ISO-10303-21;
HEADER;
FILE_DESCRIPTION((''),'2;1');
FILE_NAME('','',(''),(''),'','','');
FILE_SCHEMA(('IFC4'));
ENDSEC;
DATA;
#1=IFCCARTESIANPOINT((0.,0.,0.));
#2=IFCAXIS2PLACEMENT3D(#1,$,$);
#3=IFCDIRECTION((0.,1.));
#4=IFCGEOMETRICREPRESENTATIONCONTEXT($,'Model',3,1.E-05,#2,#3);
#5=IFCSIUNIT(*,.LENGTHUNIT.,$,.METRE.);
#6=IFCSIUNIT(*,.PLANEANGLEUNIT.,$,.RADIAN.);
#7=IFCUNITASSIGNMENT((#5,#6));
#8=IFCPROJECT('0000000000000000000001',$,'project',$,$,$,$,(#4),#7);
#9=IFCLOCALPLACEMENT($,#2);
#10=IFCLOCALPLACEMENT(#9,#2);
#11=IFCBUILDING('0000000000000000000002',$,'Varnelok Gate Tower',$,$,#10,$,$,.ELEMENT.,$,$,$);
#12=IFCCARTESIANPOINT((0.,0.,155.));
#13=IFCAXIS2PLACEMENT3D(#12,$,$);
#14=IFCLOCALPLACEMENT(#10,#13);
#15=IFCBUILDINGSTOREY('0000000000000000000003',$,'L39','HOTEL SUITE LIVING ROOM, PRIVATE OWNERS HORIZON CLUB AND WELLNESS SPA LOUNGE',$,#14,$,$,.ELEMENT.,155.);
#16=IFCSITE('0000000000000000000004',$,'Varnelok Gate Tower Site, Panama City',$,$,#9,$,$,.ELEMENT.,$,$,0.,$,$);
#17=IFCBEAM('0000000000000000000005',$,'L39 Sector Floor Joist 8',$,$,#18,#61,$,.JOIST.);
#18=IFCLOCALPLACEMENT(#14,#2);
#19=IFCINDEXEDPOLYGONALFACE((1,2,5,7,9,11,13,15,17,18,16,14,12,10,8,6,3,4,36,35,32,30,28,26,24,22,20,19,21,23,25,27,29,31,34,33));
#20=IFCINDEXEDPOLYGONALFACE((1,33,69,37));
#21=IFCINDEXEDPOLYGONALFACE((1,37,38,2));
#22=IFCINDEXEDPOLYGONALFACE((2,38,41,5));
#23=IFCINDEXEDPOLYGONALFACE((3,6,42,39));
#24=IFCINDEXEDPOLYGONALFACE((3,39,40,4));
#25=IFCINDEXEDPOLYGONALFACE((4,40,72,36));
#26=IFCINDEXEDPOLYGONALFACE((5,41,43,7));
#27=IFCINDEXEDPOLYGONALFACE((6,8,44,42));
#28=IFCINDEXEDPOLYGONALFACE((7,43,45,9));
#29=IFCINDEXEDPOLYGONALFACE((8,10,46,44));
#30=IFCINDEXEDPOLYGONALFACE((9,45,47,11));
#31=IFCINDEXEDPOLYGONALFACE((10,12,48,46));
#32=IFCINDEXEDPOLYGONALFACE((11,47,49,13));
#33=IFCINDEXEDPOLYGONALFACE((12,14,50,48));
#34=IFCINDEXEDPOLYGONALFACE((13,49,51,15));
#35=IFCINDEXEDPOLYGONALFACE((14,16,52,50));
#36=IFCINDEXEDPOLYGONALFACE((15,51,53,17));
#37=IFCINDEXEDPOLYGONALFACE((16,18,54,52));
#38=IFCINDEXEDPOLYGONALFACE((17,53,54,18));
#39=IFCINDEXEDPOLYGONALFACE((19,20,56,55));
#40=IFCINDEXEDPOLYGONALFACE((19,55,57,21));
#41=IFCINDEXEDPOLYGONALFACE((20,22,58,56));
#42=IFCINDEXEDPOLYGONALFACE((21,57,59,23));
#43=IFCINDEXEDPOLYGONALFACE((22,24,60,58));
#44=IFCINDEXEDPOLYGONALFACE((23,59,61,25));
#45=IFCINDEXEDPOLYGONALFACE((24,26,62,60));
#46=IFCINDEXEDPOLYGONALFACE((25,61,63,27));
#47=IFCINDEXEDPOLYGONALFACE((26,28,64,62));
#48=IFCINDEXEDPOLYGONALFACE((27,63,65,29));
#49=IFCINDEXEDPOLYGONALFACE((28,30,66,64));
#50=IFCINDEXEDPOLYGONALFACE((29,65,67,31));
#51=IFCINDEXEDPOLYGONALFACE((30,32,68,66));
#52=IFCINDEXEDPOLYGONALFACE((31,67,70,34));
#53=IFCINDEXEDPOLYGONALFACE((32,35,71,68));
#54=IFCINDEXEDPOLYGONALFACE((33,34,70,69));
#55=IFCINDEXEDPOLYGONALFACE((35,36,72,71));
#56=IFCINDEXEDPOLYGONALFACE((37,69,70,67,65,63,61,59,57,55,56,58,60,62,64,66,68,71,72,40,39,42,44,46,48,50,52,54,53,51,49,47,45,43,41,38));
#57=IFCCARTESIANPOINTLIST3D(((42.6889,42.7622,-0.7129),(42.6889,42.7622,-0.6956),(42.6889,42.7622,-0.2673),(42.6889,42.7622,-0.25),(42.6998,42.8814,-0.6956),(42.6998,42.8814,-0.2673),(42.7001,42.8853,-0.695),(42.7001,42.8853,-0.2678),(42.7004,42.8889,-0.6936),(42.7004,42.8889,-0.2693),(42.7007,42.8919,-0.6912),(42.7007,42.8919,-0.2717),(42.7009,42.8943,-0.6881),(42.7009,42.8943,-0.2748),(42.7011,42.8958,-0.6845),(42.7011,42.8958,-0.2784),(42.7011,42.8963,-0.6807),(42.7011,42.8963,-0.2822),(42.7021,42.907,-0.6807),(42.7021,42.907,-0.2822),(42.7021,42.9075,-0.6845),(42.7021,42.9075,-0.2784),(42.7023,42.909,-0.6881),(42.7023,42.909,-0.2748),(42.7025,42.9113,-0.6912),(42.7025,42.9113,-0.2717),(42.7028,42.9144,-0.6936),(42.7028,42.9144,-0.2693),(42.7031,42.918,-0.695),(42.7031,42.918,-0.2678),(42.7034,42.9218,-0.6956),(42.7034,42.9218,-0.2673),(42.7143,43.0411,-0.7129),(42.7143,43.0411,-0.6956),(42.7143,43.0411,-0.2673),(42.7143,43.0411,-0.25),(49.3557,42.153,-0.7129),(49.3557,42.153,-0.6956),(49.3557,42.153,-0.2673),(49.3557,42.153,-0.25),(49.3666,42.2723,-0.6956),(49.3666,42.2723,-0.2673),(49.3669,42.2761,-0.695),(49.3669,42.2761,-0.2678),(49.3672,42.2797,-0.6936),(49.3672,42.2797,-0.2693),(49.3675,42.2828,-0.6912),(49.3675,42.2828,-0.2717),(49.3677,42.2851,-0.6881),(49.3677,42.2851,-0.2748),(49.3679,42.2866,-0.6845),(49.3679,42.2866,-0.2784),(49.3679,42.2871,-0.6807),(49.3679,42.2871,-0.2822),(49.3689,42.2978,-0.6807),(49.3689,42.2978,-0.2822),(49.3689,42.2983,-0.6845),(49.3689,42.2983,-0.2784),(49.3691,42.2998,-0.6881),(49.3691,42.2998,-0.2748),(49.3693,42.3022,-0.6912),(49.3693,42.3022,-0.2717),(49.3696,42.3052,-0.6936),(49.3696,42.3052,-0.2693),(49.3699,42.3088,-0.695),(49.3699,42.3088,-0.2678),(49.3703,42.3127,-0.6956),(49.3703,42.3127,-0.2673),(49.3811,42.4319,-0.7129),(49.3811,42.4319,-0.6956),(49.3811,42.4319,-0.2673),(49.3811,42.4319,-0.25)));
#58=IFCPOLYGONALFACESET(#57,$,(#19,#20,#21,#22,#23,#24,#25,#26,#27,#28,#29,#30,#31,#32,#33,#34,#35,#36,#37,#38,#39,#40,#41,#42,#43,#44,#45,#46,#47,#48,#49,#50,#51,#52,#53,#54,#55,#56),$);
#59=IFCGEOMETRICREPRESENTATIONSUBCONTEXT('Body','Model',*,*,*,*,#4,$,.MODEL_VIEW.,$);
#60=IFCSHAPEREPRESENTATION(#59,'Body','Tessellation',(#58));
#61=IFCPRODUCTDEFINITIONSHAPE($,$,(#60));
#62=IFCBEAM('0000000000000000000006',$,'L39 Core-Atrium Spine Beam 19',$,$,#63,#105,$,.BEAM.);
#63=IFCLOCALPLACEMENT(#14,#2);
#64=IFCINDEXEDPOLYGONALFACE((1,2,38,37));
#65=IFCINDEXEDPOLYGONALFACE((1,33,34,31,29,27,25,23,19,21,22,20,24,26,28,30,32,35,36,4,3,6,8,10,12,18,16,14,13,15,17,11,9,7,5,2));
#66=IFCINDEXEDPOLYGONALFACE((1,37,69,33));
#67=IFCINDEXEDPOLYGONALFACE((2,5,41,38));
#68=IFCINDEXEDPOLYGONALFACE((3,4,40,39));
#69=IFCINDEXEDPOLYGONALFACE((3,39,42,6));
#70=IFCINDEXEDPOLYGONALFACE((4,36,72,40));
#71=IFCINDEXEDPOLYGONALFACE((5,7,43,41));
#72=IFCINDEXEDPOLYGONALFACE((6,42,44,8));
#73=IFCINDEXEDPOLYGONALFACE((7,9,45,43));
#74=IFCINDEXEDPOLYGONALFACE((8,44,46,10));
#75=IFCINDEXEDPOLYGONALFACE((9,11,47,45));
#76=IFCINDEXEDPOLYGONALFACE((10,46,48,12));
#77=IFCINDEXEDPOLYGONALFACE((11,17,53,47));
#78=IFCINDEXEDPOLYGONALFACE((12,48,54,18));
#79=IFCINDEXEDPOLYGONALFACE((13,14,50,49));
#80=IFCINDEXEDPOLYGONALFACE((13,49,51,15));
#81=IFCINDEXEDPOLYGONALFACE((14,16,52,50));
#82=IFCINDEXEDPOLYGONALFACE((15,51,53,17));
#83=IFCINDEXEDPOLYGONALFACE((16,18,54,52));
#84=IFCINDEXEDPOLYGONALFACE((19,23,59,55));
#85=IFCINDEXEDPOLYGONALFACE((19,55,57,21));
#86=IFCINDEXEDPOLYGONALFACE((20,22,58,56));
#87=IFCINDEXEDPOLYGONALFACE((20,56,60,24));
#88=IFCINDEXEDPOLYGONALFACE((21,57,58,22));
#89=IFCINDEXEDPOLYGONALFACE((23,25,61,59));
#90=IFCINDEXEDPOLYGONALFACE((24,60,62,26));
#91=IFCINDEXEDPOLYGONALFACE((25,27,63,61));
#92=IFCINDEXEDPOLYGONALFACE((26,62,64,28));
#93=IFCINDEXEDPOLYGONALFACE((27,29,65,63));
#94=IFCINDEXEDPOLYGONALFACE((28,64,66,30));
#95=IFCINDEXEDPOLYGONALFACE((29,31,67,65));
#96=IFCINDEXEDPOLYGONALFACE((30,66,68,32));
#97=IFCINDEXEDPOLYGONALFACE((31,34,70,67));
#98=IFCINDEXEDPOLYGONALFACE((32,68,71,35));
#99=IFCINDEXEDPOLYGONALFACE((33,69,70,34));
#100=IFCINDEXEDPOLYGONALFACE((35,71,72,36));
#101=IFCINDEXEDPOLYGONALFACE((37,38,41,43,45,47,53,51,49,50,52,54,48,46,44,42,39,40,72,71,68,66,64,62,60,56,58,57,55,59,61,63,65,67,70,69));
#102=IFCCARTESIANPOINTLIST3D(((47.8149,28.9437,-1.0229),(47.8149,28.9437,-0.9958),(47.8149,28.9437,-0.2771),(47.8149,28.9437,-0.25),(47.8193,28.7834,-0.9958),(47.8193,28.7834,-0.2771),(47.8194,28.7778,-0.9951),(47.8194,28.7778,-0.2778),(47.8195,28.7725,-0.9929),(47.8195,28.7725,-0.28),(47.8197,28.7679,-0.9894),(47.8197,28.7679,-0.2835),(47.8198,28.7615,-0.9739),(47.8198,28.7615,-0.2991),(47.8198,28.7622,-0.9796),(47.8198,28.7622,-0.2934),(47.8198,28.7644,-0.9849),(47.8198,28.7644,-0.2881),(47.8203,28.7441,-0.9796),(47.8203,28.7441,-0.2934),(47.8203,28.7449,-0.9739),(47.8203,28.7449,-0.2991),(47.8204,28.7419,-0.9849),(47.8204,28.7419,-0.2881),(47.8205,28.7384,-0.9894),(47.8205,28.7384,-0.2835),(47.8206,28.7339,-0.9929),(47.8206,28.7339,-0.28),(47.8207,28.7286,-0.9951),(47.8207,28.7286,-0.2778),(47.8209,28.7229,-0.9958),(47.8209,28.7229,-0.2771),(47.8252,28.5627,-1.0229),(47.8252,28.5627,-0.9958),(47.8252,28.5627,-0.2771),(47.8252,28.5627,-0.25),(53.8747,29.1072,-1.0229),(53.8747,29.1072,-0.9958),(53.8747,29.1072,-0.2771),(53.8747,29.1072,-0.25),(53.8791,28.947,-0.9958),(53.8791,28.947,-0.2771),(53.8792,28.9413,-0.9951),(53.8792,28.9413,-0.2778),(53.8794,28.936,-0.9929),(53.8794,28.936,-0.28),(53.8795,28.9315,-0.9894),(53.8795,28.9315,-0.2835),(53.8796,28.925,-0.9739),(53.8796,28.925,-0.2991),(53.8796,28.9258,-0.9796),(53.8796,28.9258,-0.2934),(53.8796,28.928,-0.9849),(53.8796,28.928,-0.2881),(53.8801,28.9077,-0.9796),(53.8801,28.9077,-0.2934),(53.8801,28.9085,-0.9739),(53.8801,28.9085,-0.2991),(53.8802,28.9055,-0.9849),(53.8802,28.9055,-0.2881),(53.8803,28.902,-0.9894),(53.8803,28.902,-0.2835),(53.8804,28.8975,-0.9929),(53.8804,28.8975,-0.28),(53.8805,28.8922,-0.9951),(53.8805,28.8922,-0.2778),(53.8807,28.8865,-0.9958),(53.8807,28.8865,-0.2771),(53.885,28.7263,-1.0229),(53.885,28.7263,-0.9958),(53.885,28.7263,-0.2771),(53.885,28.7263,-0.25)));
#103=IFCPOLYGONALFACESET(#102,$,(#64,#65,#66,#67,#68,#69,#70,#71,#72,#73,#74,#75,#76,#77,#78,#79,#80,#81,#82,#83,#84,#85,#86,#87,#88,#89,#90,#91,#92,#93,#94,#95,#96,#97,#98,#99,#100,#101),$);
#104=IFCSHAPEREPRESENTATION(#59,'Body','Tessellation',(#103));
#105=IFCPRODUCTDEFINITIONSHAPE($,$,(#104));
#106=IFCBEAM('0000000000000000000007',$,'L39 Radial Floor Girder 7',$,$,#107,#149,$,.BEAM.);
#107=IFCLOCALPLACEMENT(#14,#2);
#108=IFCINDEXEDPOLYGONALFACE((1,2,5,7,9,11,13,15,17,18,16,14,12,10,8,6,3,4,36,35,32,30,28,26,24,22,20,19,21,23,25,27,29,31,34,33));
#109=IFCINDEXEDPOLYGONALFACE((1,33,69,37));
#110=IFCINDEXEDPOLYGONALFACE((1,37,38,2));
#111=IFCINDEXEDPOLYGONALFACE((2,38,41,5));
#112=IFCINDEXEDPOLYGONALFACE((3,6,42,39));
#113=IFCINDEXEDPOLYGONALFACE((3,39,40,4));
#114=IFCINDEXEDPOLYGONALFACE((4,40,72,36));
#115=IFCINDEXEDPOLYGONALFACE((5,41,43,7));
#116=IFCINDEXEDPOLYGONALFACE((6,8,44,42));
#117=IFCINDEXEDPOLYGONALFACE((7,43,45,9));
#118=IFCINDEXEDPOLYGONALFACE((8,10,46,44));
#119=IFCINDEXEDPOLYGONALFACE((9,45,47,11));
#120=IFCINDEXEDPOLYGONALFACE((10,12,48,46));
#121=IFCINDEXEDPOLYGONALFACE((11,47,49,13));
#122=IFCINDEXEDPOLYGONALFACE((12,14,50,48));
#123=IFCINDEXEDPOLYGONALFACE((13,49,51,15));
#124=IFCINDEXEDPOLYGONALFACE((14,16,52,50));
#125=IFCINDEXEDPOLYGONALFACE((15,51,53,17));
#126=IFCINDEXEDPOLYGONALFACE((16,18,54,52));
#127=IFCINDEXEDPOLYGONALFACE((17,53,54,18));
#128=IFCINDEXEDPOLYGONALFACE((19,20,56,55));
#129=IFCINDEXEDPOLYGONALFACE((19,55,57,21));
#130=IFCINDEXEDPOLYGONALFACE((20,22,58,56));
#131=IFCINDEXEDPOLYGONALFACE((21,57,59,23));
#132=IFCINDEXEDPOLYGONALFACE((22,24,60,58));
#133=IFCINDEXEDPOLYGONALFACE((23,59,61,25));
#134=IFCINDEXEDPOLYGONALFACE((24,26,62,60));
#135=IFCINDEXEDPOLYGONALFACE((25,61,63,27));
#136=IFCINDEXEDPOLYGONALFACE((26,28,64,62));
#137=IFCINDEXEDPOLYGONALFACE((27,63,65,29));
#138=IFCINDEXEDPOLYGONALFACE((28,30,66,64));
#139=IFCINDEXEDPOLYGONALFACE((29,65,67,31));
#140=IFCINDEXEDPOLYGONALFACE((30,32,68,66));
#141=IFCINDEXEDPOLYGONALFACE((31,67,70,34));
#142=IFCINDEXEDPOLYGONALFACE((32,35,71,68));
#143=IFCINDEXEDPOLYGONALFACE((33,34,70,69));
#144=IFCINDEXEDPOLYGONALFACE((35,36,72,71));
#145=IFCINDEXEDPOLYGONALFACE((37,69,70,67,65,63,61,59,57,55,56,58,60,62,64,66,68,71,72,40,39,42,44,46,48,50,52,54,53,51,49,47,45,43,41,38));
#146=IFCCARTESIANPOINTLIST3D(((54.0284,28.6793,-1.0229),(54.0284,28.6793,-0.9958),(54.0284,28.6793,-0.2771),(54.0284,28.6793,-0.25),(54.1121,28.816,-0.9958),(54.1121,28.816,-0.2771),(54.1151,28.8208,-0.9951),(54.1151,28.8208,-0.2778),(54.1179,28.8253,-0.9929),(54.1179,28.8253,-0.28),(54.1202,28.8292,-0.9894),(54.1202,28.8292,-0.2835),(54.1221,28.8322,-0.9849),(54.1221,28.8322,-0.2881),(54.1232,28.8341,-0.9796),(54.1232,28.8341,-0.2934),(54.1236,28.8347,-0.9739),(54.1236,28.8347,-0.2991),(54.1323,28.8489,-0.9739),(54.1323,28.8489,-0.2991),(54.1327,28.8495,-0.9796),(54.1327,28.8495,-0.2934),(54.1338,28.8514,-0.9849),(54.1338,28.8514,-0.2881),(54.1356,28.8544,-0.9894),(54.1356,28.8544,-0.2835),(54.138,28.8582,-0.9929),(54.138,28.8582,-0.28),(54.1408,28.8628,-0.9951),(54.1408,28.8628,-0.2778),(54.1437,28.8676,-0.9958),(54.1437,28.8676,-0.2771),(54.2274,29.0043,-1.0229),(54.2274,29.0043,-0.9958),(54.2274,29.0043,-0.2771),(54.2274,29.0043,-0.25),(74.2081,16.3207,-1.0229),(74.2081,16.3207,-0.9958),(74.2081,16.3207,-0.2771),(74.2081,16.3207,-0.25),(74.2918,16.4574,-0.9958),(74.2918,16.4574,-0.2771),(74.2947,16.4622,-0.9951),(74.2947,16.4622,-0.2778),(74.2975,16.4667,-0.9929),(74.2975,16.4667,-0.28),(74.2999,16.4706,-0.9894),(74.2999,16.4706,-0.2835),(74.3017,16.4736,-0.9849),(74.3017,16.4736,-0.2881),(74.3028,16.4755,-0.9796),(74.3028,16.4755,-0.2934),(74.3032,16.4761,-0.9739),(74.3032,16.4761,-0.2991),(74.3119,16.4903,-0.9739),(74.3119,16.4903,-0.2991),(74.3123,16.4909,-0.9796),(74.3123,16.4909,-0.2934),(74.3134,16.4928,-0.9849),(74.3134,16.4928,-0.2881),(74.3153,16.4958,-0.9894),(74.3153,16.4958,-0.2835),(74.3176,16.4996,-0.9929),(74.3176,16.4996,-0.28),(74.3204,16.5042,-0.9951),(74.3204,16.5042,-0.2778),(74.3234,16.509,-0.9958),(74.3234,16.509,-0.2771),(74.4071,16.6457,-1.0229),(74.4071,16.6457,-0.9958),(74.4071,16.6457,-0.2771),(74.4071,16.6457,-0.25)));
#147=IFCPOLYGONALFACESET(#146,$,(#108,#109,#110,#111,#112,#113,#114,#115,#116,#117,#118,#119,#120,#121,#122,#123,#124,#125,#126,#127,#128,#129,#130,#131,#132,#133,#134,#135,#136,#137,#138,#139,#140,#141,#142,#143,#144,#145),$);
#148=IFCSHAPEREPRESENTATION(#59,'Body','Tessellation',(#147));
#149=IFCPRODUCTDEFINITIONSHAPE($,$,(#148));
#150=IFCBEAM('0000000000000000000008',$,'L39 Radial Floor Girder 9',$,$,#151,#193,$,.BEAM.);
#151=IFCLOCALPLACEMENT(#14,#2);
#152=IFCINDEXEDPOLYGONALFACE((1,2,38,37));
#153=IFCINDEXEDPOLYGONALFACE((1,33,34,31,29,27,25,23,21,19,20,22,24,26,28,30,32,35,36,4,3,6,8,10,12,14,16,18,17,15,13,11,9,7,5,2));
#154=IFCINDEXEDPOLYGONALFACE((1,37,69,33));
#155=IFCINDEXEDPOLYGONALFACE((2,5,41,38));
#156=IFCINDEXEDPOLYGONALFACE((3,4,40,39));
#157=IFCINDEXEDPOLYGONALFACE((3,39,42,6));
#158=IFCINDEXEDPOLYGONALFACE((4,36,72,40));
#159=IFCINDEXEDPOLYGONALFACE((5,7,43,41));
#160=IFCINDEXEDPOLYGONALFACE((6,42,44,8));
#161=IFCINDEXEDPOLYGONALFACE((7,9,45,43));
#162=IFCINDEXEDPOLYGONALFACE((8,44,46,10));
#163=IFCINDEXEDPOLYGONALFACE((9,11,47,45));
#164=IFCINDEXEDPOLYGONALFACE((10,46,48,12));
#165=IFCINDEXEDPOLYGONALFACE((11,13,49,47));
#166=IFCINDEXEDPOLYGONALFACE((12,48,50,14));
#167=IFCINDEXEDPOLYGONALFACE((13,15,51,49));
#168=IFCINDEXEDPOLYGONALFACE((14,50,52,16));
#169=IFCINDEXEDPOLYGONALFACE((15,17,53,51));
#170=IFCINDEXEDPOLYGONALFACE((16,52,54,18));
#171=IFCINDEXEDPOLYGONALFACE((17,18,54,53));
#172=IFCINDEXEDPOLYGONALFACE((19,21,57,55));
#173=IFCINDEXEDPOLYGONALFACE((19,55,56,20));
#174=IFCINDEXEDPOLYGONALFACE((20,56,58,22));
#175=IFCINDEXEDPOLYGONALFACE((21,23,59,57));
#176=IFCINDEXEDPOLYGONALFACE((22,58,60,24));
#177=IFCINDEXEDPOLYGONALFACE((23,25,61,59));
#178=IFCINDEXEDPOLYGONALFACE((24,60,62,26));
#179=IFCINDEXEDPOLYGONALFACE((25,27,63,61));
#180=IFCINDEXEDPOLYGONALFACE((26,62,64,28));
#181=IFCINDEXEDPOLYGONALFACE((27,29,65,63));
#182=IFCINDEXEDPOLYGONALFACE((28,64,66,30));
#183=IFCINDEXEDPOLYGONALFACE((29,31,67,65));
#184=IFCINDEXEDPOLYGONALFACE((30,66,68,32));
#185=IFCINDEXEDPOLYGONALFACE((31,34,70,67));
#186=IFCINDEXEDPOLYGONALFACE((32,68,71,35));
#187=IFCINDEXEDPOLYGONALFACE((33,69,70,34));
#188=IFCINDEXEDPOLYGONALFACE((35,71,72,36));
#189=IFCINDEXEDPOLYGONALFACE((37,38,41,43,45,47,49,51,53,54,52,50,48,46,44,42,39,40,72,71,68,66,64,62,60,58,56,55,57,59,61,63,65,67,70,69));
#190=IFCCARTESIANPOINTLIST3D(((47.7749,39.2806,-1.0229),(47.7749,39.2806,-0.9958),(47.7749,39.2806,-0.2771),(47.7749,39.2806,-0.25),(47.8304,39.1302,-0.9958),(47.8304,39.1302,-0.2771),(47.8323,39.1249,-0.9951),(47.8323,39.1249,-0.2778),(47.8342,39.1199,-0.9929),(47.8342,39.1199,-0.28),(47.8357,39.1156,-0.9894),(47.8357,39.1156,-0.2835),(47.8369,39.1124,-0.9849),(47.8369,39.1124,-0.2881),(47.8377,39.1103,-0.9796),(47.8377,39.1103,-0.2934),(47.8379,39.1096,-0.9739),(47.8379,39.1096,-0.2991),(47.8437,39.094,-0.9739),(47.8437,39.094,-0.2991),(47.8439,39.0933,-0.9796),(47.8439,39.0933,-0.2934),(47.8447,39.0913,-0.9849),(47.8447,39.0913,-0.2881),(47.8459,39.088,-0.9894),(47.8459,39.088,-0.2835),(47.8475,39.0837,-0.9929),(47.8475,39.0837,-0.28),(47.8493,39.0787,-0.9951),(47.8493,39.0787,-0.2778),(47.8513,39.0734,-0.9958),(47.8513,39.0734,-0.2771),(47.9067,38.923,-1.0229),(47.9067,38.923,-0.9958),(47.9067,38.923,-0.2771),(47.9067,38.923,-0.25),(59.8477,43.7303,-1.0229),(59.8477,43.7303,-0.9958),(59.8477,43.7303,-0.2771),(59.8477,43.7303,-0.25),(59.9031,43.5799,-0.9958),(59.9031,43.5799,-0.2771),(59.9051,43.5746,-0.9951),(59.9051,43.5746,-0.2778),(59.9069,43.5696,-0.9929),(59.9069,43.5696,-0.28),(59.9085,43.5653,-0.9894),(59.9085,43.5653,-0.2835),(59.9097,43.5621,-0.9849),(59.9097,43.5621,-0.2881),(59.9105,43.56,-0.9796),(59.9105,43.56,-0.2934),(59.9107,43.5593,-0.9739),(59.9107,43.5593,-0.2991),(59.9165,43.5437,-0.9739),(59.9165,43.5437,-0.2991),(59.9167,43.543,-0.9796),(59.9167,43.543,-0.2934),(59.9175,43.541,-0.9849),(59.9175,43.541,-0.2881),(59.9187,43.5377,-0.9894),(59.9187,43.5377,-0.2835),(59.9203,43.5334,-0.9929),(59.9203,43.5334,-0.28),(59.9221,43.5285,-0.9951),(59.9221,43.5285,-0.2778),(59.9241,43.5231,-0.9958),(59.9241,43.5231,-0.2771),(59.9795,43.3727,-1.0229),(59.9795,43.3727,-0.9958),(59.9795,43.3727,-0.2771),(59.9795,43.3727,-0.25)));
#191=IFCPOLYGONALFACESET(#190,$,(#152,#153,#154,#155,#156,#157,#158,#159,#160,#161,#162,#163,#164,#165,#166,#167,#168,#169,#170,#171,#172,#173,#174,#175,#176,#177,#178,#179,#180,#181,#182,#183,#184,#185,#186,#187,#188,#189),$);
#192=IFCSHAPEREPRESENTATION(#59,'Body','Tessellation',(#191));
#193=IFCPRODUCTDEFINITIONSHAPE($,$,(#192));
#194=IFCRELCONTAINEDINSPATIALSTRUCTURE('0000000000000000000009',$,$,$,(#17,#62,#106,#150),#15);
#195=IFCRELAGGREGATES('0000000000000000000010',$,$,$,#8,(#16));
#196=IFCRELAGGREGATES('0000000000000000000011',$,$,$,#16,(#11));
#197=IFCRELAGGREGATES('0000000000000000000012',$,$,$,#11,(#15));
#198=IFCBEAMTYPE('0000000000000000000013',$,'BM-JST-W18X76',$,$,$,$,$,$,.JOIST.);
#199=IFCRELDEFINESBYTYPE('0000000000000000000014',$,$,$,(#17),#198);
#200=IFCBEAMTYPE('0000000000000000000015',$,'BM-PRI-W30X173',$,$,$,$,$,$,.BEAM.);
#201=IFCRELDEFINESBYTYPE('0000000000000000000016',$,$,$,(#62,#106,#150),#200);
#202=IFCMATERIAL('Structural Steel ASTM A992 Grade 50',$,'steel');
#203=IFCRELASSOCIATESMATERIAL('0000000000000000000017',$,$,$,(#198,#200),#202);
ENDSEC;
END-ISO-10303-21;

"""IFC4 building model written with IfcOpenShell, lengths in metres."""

from ifc_helpers import new_model, si_unit, direction, frame, origin, origin_2d, place, context, subcontext, project, spatial, i_section, extrude, material, material_profile, profile_set, type_object, element, save


model = new_model("IFC4")

# Units and contexts
model_context = context("Model", 3, precision=1e-05, world=origin(), true_north=direction((0.0, 1.0)))
body_context = subcontext(model_context, "Body", "Model", "MODEL_VIEW")
ifc_project = project(units=[si_unit("LENGTHUNIT", "METRE"), si_unit("PLANEANGLEUNIT", "RADIAN")], contexts=[model_context])

# Site, building, storey
site_placement = place(None, origin())
site = spatial("IfcSite", under=ifc_project, at=site_placement, Name="Varnelok Gate Tower Site, Panama City", CompositionType="ELEMENT", RefElevation=0.0)
building_placement = place(site_placement, origin())
building = spatial("IfcBuilding", under=site, at=building_placement, Name="Varnelok Gate Tower", CompositionType="ELEMENT")
storey_placement = place(building_placement, frame((0.0, 0.0, 155.0)))
storey = spatial("IfcBuildingStorey", under=building, at=storey_placement, Name="L39", Description="HOTEL SUITE LIVING ROOM, PRIVATE OWNERS HORIZON CLUB AND WELLNESS SPA LOUNGE", CompositionType="ELEMENT", Elevation=155.0)

# Shared definitions
ifc_material_1 = material(Name="Structural Steel ASTM A992 Grade 50", Category="steel")

# Beams
ifc_material_profile_1 = material_profile(ifc_material_1, i_section(OverallWidth=0.28, OverallDepth=0.4629, WebThickness=0.0107, FlangeThickness=0.0173, FilletRadius=0.0149, at=origin_2d()), Name="W18X76")
ifc_profile_set_1 = profile_set([ifc_material_profile_1], Name="Structural Steel ASTM A992 Grade 50")
beam_type_1 = type_object("IfcBeamType", Name="BM-JST-W18X76", PredefinedType="JOIST", material=ifc_profile_set_1)
beam_1_placement = place(storey_placement, frame((49.3684, 42.2925, -0.4814), z_axis=(-0.995852, 0.09099, 0.0), x_axis=(-0.09099, -0.995852, 0.0)))
element("IfcBeam", 1, at=beam_1_placement, inside=storey, type_object=beam_type_1, Name="L39 Sector Floor Joist 8", PredefinedType="JOIST", context=body_context, shape_type="SweptSolid", body=[
    extrude(i_section(OverallWidth=0.28, OverallDepth=0.4629, WebThickness=0.0107, FlangeThickness=0.0173, FilletRadius=0.0149, at=origin_2d()), origin(), (0.0, 0.0, 1.0), 6.6946),
])
ifc_material_profile_2 = material_profile(ifc_material_1, i_section(OverallWidth=0.3811, OverallDepth=0.7729, WebThickness=0.0166, FlangeThickness=0.0271, FilletRadius=0.022, at=origin_2d()), Name="W30X173")
ifc_profile_set_2 = profile_set([ifc_material_profile_2], Name="Structural Steel ASTM A992 Grade 50")
beam_type_2 = type_object("IfcBeamType", Name="BM-PRI-W30X173", PredefinedType="BEAM", material=ifc_profile_set_2)
beam_2_placement = place(storey_placement, frame((47.8201, 28.7532, -0.6365), z_axis=(0.999636, 0.026983, 0.0), x_axis=(-0.026983, 0.999636, 0.0)))
element("IfcBeam", 2, at=beam_2_placement, inside=storey, type_object=beam_type_2, Name="L39 Core-Atrium Spine Beam 19", PredefinedType="BEAM", context=body_context, shape_type="SweptSolid", body=[
    extrude(i_section(OverallWidth=0.3811, OverallDepth=0.7729, WebThickness=0.0166, FlangeThickness=0.0271, FilletRadius=0.022, at=origin_2d()), origin(), (0.0, 0.0, 1.0), 6.062),
])
beam_3_placement = place(storey_placement, frame((54.1279, 28.8418, -0.6365), z_axis=(0.852781, -0.522269, 0.0), x_axis=(0.522269, 0.852781, 0.0)))
element("IfcBeam", 3, at=beam_3_placement, inside=storey, type_object=beam_type_2, Name="L39 Radial Floor Girder 7", PredefinedType="BEAM", context=body_context, shape_type="SweptSolid", body=[
    extrude(i_section(OverallWidth=0.3811, OverallDepth=0.7729, WebThickness=0.0166, FlangeThickness=0.0271, FilletRadius=0.022, at=origin_2d()), origin(), (0.0, 0.0, 1.0), 23.6633),
])
beam_4_placement = place(storey_placement, frame((47.8408, 39.1018, -0.6365), z_axis=(0.938296, 0.345832, 0.0), x_axis=(-0.345832, 0.938296, 0.0)))
element("IfcBeam", 4, at=beam_4_placement, inside=storey, type_object=beam_type_2, Name="L39 Radial Floor Girder 9", PredefinedType="BEAM", context=body_context, shape_type="SweptSolid", body=[
    extrude(i_section(OverallWidth=0.3811, OverallDepth=0.7729, WebThickness=0.0166, FlangeThickness=0.0271, FilletRadius=0.022, at=origin_2d()), origin(), (0.0, 0.0, 1.0), 12.8667),
])

save(model, "model.ifc")
